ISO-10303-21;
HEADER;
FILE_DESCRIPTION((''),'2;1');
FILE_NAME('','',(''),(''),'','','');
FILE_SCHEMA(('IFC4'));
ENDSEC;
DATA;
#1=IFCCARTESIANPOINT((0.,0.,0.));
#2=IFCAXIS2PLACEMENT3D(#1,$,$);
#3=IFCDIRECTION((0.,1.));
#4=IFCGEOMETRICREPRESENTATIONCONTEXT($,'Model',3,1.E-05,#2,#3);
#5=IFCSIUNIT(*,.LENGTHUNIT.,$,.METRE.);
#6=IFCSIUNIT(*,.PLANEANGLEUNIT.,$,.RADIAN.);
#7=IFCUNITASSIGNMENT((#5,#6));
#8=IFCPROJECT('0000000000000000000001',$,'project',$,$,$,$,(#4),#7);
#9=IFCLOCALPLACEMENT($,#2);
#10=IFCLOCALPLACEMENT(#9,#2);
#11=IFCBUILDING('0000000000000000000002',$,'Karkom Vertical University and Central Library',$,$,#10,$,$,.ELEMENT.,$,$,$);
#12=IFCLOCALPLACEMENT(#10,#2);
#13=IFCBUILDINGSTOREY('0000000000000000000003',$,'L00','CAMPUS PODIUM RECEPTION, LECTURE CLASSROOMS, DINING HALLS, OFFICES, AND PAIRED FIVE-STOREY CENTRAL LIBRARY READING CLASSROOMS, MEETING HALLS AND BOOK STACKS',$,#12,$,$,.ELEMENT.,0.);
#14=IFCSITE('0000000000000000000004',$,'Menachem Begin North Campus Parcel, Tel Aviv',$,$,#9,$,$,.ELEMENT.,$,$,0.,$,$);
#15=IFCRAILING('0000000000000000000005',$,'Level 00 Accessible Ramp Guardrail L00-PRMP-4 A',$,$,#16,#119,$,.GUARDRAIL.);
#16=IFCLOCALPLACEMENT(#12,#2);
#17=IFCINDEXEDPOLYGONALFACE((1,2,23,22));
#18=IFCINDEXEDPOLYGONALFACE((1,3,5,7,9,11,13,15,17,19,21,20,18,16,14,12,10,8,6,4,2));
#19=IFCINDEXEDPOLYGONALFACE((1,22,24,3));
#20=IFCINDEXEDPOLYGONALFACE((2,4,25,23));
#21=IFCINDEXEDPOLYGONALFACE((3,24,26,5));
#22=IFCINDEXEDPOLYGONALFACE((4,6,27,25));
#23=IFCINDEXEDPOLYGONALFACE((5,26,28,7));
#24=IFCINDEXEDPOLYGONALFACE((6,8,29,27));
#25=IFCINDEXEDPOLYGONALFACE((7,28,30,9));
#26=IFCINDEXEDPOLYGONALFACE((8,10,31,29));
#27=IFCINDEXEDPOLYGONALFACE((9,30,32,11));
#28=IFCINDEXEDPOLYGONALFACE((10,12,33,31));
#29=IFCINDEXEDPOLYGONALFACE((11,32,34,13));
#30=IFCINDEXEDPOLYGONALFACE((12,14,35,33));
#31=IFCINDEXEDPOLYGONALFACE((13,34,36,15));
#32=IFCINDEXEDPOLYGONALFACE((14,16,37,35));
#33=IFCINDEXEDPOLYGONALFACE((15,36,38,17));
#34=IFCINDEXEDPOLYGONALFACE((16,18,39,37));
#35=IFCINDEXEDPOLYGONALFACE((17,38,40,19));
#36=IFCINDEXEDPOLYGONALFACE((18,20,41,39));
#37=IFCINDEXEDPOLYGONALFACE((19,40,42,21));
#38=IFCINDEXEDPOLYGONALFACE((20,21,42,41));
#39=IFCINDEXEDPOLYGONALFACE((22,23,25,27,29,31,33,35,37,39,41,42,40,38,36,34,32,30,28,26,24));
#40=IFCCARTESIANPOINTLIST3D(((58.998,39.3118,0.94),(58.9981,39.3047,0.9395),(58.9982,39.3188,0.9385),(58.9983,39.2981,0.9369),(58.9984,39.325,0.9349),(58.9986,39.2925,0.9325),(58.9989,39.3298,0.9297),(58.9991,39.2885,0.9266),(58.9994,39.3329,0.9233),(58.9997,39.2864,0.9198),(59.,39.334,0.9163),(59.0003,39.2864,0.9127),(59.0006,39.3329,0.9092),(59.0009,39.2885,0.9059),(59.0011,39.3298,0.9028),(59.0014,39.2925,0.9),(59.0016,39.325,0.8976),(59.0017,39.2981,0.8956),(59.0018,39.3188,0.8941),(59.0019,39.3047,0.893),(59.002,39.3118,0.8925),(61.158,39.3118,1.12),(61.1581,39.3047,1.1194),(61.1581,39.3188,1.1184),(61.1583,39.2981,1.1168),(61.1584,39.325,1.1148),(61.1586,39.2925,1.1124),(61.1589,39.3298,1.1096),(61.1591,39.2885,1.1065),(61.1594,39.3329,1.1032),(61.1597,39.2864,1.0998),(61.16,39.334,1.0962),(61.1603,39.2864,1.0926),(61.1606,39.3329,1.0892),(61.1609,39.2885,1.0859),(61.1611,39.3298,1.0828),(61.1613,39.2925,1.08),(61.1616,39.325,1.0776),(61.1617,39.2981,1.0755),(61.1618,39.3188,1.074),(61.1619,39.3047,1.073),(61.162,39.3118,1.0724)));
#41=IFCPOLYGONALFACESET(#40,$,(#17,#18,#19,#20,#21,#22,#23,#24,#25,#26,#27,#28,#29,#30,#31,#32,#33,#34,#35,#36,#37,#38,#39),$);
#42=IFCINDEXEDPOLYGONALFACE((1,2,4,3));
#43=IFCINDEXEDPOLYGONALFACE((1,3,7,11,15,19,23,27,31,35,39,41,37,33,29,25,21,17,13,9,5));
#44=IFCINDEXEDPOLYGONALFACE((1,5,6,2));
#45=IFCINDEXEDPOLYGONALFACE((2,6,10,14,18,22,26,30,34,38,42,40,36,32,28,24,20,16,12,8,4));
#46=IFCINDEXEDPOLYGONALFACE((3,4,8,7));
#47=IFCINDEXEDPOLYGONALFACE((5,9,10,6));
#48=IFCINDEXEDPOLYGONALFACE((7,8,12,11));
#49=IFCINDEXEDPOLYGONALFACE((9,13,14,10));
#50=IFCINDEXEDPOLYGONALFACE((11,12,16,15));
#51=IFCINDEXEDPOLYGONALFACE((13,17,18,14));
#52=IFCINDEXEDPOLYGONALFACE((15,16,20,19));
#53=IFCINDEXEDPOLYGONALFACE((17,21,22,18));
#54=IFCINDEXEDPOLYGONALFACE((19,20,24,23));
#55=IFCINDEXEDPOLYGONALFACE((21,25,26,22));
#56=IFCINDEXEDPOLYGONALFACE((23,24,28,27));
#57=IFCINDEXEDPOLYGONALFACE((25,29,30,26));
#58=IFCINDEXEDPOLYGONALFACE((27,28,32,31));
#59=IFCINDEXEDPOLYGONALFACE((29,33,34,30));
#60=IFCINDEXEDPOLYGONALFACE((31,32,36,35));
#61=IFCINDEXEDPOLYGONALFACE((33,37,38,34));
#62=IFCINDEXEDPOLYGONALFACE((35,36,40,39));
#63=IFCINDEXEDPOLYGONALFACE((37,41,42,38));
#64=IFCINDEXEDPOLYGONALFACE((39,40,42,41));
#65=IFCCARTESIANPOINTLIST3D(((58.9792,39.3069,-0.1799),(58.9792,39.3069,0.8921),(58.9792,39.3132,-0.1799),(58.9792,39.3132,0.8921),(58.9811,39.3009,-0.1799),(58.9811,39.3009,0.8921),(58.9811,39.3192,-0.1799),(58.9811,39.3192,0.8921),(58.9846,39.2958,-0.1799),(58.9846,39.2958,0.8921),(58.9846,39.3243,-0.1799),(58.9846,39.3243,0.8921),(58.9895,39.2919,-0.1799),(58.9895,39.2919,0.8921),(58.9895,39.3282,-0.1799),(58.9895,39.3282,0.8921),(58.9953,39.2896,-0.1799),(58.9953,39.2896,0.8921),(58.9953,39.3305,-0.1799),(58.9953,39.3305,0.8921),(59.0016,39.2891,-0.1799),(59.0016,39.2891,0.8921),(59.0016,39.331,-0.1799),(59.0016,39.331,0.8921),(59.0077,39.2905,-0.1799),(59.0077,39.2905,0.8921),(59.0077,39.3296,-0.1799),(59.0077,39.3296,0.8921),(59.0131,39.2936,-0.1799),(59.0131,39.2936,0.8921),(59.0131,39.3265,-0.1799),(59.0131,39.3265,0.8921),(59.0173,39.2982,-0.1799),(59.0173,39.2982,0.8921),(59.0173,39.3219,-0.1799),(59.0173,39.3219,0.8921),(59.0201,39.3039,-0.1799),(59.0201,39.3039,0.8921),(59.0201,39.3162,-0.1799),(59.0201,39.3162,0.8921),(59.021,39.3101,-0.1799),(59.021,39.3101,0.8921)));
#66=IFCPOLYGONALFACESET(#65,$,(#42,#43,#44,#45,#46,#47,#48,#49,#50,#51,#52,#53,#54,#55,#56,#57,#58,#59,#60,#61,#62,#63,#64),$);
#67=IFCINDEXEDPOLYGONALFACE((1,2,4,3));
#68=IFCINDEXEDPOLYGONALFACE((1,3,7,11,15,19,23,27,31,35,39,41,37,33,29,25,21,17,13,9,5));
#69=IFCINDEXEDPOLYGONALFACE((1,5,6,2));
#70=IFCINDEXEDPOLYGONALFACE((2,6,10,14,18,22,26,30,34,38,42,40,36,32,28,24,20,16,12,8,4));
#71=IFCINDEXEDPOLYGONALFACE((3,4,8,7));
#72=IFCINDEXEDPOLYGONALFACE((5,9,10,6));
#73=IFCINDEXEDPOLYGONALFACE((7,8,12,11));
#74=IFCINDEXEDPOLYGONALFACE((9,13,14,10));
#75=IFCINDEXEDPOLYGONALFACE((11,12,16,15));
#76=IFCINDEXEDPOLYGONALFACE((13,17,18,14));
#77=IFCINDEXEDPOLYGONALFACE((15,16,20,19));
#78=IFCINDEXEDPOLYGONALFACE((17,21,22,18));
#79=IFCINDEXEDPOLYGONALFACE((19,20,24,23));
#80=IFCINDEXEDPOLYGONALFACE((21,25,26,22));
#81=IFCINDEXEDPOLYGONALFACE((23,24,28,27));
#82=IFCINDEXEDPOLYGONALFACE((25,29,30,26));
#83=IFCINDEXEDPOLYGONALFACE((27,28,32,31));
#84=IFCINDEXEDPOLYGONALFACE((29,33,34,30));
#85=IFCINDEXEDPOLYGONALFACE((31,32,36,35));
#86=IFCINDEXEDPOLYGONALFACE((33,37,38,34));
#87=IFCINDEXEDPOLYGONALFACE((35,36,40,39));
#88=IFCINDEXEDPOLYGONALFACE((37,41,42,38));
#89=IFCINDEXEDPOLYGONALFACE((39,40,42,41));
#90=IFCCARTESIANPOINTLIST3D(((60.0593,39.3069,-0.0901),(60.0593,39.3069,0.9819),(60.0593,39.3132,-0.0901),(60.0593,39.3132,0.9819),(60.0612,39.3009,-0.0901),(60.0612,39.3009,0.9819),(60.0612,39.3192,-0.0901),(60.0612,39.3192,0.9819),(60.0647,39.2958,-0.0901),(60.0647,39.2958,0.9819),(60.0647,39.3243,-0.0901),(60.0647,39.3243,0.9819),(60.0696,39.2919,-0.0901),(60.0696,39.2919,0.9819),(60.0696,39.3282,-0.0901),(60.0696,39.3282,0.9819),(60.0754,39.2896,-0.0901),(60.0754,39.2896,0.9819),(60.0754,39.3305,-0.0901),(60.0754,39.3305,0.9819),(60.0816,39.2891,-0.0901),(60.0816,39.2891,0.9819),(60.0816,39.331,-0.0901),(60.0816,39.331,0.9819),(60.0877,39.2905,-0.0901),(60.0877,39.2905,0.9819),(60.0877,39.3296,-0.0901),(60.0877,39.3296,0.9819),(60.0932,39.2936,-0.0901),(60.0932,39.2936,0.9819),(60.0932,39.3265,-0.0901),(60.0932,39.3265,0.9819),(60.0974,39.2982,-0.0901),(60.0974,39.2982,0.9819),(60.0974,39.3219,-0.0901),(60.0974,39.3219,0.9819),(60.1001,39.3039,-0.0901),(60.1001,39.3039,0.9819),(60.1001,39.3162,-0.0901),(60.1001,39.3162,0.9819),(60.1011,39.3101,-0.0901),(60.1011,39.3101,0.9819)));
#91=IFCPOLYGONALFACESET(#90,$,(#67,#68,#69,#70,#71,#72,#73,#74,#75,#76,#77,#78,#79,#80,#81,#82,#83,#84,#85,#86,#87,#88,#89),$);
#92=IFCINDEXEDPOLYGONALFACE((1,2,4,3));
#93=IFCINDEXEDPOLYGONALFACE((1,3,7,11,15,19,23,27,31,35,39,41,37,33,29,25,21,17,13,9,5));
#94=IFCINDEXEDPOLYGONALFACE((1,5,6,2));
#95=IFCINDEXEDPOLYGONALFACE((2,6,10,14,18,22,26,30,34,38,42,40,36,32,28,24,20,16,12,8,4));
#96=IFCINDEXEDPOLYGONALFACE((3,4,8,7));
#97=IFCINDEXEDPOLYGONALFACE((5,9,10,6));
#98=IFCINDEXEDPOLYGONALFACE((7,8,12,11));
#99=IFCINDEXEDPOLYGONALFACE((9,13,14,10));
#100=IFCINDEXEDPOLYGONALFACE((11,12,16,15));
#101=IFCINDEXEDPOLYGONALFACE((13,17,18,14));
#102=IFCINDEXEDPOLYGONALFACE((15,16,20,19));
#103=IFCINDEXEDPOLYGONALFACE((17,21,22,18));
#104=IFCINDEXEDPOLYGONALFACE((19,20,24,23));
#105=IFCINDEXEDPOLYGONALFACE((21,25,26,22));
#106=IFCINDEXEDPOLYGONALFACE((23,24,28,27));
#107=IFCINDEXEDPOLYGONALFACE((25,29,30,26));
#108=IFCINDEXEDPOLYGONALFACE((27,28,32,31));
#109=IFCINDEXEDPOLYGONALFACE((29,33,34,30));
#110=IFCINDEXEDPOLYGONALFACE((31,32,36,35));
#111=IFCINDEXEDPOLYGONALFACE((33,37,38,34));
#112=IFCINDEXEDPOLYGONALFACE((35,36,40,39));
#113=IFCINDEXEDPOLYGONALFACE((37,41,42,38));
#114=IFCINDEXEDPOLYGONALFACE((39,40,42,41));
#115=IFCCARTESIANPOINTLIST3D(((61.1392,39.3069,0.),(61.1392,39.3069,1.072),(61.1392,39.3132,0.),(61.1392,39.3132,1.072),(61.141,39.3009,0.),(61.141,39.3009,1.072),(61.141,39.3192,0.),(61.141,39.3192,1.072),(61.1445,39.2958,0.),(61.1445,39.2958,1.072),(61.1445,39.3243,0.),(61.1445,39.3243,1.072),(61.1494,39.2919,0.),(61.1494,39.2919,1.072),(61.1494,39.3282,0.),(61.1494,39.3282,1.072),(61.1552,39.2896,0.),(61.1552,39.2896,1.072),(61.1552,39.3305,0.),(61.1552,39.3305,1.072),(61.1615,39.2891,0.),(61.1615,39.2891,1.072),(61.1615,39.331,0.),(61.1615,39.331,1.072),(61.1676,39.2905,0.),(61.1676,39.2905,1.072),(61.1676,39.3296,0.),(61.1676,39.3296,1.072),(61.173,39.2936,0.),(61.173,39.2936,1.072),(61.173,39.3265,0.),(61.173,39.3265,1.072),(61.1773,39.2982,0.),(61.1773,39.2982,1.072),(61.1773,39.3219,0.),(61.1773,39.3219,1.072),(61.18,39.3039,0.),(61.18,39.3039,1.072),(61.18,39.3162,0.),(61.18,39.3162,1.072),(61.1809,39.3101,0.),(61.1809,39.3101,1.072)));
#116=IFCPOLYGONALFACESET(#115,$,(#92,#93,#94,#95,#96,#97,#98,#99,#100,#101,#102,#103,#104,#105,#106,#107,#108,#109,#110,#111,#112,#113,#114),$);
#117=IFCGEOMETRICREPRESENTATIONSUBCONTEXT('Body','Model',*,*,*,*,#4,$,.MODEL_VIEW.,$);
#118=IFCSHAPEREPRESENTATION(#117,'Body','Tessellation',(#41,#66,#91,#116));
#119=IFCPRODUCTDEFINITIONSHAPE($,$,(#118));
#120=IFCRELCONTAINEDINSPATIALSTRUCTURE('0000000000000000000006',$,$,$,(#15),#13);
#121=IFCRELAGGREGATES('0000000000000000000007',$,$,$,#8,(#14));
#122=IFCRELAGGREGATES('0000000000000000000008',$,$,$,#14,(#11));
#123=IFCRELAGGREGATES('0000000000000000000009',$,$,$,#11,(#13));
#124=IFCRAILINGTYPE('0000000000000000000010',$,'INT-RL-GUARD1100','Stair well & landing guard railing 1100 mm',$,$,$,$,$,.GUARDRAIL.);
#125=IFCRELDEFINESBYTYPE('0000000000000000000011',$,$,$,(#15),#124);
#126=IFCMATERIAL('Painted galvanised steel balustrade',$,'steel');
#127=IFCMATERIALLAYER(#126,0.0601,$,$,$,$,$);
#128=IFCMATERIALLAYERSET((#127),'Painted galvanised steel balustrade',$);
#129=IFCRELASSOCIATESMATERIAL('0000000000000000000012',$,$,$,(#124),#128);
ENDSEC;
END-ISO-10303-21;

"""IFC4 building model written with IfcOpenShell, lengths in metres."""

from ifc_helpers import new_model, si_unit, direction, frame, origin, origin_2d, place, context, subcontext, project, spatial, circle, extrude, material, layer, layer_set, type_object, element, save


model = new_model("IFC4")

# Units and contexts
model_context = context("Model", 3, precision=1e-05, world=origin(), true_north=direction((0.0, 1.0)))
body_context = subcontext(model_context, "Body", "Model", "MODEL_VIEW")
ifc_project = project(units=[si_unit("LENGTHUNIT", "METRE"), si_unit("PLANEANGLEUNIT", "RADIAN")], contexts=[model_context])

# Site, building, storey
site_placement = place(None, origin())
site = spatial("IfcSite", under=ifc_project, at=site_placement, Name="Menachem Begin North Campus Parcel, Tel Aviv", CompositionType="ELEMENT", RefElevation=0.0)
building_placement = place(site_placement, origin())
building = spatial("IfcBuilding", under=site, at=building_placement, Name="Karkom Vertical University and Central Library", CompositionType="ELEMENT")
storey_placement = place(building_placement, origin())
storey = spatial("IfcBuildingStorey", under=building, at=storey_placement, Name="L00", Description="CAMPUS PODIUM RECEPTION, LECTURE CLASSROOMS, DINING HALLS, OFFICES, AND PAIRED FIVE-STOREY CENTRAL LIBRARY READING CLASSROOMS, MEETING HALLS AND BOOK STACKS", CompositionType="ELEMENT", Elevation=0.0)

# Railing
ifc_material_1 = material(Name="Painted galvanised steel balustrade", Category="steel")
ifc_layer_1 = layer(ifc_material_1, 0.0601)
ifc_layer_set_1 = layer_set([ifc_layer_1], Name="Painted galvanised steel balustrade")
railing_type = type_object("IfcRailingType", Name="INT-RL-GUARD1100", Description="Stair well & landing guard railing 1100 mm", PredefinedType="GUARDRAIL", material=ifc_layer_set_1)
railing_placement = place(storey_placement, frame((59.0, 39.3101, -0.1799)))
element("IfcRailing", 1, at=railing_placement, inside=storey, type_object=railing_type, Name="Level 00 Accessible Ramp Guardrail L00-PRMP-4 A", PredefinedType="GUARDRAIL", context=body_context, shape_type="SweptSolid", body=[
    extrude(circle(Radius=0.0239, at=origin_2d()), frame((0.0, 0.0, 1.0962), z_axis=(0.996548, 0.0, 0.083018), x_axis=(0.0, 1.0, 0.0)), (0.0, 0.0, 1.0), 2.1675),
    extrude(circle(Radius=0.021, at=origin_2d()), origin(), (0.0, 0.0, 1.0), 1.072),
    extrude(circle(Radius=0.021, at=origin_2d()), frame((1.0801, 0.0, 0.0898)), (0.0, 0.0, 1.0), 1.072),
    extrude(circle(Radius=0.021, at=origin_2d()), frame((2.1599, 0.0, 0.1799)), (0.0, 0.0, 1.0), 1.072),
])

save(model, "model.ifc")
